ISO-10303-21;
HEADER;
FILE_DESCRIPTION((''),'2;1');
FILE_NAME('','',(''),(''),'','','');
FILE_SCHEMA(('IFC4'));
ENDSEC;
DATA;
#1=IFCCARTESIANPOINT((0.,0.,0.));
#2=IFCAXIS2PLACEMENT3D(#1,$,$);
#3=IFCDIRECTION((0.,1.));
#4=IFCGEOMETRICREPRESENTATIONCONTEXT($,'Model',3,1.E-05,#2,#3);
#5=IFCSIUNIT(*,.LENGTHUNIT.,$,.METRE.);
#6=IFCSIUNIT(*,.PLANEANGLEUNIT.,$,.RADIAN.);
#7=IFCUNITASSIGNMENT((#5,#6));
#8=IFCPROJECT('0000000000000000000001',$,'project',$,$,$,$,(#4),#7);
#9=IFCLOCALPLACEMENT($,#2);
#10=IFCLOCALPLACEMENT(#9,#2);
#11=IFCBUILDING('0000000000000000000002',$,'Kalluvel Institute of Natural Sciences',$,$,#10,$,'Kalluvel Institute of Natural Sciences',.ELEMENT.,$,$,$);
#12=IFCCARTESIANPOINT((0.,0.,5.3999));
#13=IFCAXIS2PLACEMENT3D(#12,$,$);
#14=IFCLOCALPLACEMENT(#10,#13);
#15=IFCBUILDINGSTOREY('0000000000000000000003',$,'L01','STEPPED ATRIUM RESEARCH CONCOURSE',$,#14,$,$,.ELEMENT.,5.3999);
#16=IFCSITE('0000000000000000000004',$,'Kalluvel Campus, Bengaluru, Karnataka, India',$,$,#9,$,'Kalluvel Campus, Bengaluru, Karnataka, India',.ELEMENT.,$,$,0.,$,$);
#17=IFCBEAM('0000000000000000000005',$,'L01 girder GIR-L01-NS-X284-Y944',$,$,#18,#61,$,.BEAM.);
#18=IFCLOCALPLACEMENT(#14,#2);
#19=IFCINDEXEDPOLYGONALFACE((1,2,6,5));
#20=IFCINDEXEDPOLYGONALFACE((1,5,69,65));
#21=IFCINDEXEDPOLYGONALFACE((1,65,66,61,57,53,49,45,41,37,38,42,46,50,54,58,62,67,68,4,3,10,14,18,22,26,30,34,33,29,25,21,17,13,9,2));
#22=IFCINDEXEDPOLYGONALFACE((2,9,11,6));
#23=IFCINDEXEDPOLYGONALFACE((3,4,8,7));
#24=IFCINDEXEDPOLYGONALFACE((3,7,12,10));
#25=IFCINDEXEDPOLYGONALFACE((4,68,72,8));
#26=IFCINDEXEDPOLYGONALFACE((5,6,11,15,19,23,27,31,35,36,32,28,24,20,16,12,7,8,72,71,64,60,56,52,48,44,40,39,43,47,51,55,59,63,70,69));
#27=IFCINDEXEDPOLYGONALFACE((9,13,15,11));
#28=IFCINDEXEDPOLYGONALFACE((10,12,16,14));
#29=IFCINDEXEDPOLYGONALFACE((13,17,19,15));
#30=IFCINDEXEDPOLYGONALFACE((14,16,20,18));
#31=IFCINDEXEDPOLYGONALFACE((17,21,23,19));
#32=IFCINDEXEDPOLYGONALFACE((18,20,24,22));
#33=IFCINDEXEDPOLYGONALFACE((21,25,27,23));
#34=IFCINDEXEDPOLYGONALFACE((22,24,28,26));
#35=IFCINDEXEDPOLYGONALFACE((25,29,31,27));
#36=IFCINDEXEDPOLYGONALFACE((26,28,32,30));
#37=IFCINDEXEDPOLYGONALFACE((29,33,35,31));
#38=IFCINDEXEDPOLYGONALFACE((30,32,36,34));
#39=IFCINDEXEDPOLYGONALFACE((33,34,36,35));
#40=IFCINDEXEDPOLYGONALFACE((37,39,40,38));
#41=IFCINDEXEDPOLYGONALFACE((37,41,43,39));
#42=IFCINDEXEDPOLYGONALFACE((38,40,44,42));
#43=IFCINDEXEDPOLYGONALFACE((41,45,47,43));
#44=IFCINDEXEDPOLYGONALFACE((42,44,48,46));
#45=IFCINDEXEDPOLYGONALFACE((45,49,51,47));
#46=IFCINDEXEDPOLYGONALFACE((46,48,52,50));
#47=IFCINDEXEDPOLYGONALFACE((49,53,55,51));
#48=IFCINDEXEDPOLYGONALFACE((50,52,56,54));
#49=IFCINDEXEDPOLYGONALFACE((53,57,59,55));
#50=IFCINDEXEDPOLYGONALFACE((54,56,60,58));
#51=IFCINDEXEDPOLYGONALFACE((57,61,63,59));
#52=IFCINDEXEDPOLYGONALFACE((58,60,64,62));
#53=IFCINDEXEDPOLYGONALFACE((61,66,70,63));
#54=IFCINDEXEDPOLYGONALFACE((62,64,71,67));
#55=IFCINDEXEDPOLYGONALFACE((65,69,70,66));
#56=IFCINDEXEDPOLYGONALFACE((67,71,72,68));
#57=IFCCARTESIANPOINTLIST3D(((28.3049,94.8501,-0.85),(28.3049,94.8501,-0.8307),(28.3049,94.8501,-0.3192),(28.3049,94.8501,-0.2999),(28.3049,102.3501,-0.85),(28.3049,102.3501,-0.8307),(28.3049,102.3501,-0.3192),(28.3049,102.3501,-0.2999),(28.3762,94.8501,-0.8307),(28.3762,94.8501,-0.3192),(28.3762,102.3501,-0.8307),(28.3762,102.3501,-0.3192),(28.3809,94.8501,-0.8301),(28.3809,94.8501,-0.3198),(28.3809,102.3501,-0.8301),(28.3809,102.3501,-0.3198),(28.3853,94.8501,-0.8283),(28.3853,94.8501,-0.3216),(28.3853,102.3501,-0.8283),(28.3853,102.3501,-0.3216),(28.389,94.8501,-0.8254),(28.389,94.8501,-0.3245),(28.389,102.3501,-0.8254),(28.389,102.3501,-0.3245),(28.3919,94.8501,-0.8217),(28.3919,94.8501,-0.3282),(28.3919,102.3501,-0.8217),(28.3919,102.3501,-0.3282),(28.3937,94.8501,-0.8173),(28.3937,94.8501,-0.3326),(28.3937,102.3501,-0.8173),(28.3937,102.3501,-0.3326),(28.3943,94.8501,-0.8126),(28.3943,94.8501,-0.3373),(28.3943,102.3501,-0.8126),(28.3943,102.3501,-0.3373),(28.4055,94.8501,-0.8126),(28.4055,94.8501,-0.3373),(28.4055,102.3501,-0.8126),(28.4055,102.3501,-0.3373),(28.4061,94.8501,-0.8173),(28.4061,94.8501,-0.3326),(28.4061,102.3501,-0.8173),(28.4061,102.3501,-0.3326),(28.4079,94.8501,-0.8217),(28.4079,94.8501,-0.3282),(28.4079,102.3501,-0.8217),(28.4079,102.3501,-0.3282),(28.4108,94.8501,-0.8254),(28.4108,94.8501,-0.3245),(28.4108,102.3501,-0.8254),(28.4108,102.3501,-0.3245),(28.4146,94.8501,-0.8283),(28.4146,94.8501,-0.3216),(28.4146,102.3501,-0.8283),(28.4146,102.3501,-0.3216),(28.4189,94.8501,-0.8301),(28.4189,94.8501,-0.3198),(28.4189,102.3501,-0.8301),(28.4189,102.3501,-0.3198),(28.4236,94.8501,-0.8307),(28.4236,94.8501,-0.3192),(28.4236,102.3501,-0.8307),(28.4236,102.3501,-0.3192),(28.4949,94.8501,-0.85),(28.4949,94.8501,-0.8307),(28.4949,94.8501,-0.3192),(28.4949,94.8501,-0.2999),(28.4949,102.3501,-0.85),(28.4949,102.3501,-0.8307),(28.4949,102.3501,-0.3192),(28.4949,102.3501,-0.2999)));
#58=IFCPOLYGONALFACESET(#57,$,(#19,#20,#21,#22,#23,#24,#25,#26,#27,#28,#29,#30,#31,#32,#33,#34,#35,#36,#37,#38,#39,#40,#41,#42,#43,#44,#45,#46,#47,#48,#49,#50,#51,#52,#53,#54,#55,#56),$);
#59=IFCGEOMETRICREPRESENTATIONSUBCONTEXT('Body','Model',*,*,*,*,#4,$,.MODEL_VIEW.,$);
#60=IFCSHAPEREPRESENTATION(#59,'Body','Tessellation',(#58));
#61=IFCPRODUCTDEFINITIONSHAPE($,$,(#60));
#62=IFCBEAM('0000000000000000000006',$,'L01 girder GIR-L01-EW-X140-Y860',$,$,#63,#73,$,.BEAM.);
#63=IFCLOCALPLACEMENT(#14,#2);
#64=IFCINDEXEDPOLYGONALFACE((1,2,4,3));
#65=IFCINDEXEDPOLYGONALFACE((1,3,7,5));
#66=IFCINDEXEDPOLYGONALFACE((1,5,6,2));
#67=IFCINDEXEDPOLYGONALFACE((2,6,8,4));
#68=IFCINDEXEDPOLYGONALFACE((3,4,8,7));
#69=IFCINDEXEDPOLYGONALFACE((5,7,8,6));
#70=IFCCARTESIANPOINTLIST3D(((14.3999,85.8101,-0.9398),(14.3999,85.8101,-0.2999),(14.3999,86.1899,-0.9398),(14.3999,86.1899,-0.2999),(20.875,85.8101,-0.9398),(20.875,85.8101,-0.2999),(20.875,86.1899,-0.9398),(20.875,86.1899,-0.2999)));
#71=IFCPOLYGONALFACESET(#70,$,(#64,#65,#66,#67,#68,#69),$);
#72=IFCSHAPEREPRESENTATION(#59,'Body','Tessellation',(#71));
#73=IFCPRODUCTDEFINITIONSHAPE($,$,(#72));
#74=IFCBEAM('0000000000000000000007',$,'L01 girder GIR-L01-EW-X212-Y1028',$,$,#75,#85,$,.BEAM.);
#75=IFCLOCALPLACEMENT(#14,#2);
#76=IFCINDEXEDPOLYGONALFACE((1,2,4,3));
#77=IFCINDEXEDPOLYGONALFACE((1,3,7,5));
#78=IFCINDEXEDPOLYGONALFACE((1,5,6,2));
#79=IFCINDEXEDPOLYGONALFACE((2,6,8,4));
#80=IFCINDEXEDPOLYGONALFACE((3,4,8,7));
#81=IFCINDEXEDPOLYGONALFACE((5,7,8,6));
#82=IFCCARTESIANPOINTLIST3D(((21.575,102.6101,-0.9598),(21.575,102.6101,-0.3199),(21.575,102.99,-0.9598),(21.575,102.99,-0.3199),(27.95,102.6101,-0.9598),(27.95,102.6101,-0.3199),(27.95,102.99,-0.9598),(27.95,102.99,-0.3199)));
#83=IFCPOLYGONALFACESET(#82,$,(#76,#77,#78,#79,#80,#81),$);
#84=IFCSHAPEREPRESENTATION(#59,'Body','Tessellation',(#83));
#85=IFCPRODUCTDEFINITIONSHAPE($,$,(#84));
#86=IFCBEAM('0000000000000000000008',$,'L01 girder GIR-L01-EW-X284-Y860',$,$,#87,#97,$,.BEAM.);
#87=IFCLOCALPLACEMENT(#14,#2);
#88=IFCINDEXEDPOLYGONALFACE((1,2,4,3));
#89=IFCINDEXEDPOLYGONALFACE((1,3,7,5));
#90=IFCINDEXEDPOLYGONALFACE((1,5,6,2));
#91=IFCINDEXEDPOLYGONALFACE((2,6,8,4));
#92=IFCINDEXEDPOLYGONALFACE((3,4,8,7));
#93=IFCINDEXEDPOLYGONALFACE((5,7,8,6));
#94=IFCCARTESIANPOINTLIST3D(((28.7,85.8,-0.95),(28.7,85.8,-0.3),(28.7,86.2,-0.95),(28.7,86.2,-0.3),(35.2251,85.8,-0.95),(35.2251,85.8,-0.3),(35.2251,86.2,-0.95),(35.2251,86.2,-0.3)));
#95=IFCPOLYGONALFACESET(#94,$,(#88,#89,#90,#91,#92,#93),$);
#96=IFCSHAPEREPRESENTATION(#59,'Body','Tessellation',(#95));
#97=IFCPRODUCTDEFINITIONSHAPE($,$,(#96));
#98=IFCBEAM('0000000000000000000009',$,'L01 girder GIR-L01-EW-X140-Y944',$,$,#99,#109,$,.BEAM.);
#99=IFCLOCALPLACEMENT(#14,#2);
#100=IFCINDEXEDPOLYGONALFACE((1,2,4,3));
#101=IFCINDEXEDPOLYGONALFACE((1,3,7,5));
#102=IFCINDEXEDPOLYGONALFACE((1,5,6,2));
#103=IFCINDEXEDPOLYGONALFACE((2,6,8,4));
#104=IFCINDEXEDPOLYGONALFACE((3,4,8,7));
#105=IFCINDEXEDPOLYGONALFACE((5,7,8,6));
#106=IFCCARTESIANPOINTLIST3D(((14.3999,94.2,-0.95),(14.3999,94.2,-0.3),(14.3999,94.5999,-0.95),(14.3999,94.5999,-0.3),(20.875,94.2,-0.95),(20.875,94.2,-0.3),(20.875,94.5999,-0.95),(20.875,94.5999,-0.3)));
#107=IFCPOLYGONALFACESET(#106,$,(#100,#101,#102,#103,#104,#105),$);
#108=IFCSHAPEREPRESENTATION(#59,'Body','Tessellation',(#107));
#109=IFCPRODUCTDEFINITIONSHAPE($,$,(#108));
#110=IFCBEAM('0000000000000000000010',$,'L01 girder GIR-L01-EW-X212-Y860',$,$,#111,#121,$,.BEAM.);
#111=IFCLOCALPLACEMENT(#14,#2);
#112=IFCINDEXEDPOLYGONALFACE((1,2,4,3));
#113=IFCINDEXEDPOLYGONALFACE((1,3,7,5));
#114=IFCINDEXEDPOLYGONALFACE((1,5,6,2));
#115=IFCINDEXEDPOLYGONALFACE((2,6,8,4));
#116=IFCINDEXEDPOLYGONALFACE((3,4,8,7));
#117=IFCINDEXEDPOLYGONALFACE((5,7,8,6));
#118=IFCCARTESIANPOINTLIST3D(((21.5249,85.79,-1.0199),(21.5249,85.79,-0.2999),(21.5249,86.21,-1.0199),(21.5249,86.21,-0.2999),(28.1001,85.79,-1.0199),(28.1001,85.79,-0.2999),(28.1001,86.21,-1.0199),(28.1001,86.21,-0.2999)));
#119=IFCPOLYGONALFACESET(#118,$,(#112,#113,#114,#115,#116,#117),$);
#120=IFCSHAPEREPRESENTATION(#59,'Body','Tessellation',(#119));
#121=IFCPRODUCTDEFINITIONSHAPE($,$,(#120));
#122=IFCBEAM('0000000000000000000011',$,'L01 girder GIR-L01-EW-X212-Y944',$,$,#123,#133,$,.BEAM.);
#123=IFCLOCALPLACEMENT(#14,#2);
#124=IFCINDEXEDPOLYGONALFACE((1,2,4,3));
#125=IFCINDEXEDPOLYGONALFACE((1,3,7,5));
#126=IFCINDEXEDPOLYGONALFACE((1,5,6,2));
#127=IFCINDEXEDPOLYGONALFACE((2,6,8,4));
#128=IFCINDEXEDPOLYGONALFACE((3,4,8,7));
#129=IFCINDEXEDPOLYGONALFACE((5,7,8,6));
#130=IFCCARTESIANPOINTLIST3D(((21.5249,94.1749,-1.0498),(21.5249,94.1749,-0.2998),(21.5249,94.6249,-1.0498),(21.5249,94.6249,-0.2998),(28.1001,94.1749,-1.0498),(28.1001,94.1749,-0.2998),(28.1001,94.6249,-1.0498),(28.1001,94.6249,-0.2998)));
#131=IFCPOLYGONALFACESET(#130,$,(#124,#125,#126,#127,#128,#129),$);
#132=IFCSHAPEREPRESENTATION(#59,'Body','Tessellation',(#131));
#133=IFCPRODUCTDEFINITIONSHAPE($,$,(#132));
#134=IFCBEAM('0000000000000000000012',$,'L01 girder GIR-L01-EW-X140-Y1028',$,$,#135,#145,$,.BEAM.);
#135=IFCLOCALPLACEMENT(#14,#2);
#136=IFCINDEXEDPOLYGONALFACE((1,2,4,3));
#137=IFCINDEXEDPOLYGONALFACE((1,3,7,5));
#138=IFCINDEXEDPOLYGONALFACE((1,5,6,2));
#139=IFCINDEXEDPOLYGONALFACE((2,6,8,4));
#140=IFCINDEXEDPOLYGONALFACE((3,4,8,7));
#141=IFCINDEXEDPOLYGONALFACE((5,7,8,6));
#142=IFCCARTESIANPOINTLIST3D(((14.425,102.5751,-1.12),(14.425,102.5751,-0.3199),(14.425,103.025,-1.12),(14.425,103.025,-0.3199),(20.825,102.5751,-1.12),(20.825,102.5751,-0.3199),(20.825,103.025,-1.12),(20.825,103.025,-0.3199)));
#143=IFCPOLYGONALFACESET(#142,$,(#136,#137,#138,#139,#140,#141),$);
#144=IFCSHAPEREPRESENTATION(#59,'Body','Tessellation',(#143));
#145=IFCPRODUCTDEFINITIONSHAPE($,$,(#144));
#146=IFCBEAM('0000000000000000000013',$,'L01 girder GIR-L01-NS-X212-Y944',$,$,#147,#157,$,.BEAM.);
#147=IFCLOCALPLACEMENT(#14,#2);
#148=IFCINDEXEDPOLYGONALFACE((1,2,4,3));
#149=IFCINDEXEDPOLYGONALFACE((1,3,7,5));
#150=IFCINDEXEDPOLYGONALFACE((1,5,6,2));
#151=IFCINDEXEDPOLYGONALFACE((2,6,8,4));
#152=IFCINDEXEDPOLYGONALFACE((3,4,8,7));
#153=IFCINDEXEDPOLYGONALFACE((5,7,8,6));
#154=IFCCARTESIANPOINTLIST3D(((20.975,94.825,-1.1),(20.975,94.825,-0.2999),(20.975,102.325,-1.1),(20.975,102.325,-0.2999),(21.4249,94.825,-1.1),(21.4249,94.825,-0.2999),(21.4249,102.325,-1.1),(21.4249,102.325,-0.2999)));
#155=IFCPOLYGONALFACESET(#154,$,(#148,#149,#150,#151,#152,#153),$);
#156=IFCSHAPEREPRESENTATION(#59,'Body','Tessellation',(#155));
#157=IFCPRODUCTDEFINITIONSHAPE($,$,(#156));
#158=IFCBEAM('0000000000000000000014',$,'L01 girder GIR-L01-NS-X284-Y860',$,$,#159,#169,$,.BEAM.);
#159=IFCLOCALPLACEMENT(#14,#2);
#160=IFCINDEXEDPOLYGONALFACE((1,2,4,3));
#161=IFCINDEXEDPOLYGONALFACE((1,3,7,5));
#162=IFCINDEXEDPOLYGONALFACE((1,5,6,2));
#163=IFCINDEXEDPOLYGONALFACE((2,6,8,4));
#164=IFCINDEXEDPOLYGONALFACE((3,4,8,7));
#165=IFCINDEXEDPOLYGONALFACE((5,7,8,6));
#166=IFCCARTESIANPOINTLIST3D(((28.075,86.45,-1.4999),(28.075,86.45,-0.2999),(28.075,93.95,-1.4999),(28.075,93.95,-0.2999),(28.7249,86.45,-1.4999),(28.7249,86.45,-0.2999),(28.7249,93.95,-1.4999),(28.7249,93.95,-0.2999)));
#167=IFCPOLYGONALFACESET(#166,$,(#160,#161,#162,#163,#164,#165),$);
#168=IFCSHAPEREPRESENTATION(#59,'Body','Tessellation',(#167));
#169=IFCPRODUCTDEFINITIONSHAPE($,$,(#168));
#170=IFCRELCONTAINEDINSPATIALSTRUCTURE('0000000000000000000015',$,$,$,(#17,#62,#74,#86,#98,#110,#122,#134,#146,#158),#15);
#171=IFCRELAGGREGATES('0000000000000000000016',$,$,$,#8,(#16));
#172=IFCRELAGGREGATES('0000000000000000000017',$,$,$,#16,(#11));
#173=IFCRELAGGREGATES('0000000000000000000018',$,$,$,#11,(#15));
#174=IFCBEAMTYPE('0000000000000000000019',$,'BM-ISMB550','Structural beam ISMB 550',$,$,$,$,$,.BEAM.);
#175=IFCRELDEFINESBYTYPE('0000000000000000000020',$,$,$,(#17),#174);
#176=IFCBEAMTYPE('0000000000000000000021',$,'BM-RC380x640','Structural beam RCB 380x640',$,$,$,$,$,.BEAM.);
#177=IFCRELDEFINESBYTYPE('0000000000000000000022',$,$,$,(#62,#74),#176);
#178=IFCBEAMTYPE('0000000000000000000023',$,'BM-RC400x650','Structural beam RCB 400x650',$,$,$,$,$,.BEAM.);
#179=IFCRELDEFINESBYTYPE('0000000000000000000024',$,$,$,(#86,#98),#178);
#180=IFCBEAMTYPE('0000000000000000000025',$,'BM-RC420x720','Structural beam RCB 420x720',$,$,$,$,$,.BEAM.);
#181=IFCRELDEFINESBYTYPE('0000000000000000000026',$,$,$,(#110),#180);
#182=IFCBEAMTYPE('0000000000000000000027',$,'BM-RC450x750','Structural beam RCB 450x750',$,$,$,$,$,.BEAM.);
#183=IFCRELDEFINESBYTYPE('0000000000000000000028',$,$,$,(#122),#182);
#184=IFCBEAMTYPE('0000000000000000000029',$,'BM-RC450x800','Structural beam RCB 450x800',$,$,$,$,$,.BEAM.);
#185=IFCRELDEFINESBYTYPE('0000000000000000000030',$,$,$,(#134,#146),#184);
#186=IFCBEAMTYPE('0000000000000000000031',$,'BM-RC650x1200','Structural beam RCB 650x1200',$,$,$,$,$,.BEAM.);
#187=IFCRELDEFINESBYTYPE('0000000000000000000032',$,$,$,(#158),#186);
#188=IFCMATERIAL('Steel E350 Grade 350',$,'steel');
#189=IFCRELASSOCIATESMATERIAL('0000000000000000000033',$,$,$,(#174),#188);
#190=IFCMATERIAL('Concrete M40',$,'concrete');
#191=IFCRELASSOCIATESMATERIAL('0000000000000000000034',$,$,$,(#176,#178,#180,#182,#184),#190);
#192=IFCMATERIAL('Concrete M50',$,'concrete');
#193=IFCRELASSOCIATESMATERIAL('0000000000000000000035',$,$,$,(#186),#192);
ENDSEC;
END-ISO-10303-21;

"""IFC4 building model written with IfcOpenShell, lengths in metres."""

from ifc_helpers import new_model, si_unit, direction, frame, origin, origin_2d, place, context, subcontext, project, spatial, rectangle, i_section, extrude, material, material_profile, profile_set, type_object, element, save


model = new_model("IFC4")

# Units and contexts
model_context = context("Model", 3, precision=1e-05, world=origin(), true_north=direction((0.0, 1.0)))
body_context = subcontext(model_context, "Body", "Model", "MODEL_VIEW")
ifc_project = project(units=[si_unit("LENGTHUNIT", "METRE"), si_unit("PLANEANGLEUNIT", "RADIAN")], contexts=[model_context])

# Site, building, storey
site_placement = place(None, origin())
site = spatial("IfcSite", under=ifc_project, at=site_placement, Name="Kalluvel Campus, Bengaluru, Karnataka, India", LongName="Kalluvel Campus, Bengaluru, Karnataka, India", CompositionType="ELEMENT", RefElevation=0.0)
building_placement = place(site_placement, origin())
building = spatial("IfcBuilding", under=site, at=building_placement, Name="Kalluvel Institute of Natural Sciences", LongName="Kalluvel Institute of Natural Sciences", CompositionType="ELEMENT")
storey_placement = place(building_placement, frame((0.0, 0.0, 5.3999)))
storey = spatial("IfcBuildingStorey", under=building, at=storey_placement, Name="L01", Description="STEPPED ATRIUM RESEARCH CONCOURSE", CompositionType="ELEMENT", Elevation=5.3999)

# Shared definitions
ifc_material_1 = material(Name="Concrete M50", Category="concrete")

# Beams
ifc_material_2 = material(Name="Steel E350 Grade 350", Category="steel")
ifc_material_profile_1 = material_profile(ifc_material_2, i_section(OverallWidth=0.1899, OverallDepth=0.55, WebThickness=0.0112, FlangeThickness=0.0193, FilletRadius=0.0181, at=origin_2d()), Name="ISMB 550")
ifc_profile_set_1 = profile_set([ifc_material_profile_1], Name="Steel E350 Grade 350")
beam_type_1 = type_object("IfcBeamType", Name="BM-ISMB550", Description="Structural beam ISMB 550", PredefinedType="BEAM", material=ifc_profile_set_1)
beam_1_placement = place(storey_placement, frame((28.3999, 94.8501, -0.575), z_axis=(0.0, 1.0, 0.0), x_axis=(-1.0, 0.0, 0.0)))
element("IfcBeam", 1, at=beam_1_placement, inside=storey, type_object=beam_type_1, Name="L01 girder GIR-L01-NS-X284-Y944", PredefinedType="BEAM", context=body_context, shape_type="SweptSolid", body=[
    extrude(i_section(OverallWidth=0.1899, OverallDepth=0.55, WebThickness=0.0112, FlangeThickness=0.0193, FilletRadius=0.0181, at=origin_2d()), origin(), (0.0, 0.0, 1.0), 7.5),
])
ifc_material_3 = material(Name="Concrete M40", Category="concrete")
ifc_material_profile_2 = material_profile(ifc_material_3, rectangle(XDim=0.3799, YDim=0.6399, at=origin_2d()), Name="RCB 380x640")
ifc_profile_set_2 = profile_set([ifc_material_profile_2], Name="Concrete M40")
beam_type_2 = type_object("IfcBeamType", Name="BM-RC380x640", Description="Structural beam RCB 380x640", PredefinedType="BEAM", material=ifc_profile_set_2)
beam_2_placement = place(storey_placement, frame((14.3999, 86.0, -0.6199), z_axis=(1.0, 0.0, 0.0), x_axis=(0.0, 1.0, 0.0)))
element("IfcBeam", 2, at=beam_2_placement, inside=storey, type_object=beam_type_2, Name="L01 girder GIR-L01-EW-X140-Y860", PredefinedType="BEAM", context=body_context, shape_type="SweptSolid", body=[
    extrude(rectangle(XDim=0.3799, YDim=0.6399, at=origin_2d()), origin(), (0.0, 0.0, 1.0), 6.4751),
])
beam_3_placement = place(storey_placement, frame((21.575, 102.8, -0.6399), z_axis=(1.0, 0.0, 0.0), x_axis=(0.0, 1.0, 0.0)))
element("IfcBeam", 3, at=beam_3_placement, inside=storey, type_object=beam_type_2, Name="L01 girder GIR-L01-EW-X212-Y1028", PredefinedType="BEAM", context=body_context, shape_type="SweptSolid", body=[
    extrude(rectangle(XDim=0.3799, YDim=0.6399, at=origin_2d()), origin(), (0.0, 0.0, 1.0), 6.375),
])
ifc_material_profile_3 = material_profile(ifc_material_3, rectangle(XDim=0.3999, YDim=0.6499, at=origin_2d()), Name="RCB 400x650")
ifc_profile_set_3 = profile_set([ifc_material_profile_3], Name="Concrete M40")
beam_type_3 = type_object("IfcBeamType", Name="BM-RC400x650", Description="Structural beam RCB 400x650", PredefinedType="BEAM", material=ifc_profile_set_3)
beam_4_placement = place(storey_placement, frame((28.7, 86.0, -0.625), z_axis=(1.0, 0.0, 0.0), x_axis=(0.0, 1.0, 0.0)))
element("IfcBeam", 4, at=beam_4_placement, inside=storey, type_object=beam_type_3, Name="L01 girder GIR-L01-EW-X284-Y860", PredefinedType="BEAM", context=body_context, shape_type="SweptSolid", body=[
    extrude(rectangle(XDim=0.3999, YDim=0.6499, at=origin_2d()), origin(), (0.0, 0.0, 1.0), 6.5251),
])
beam_5_placement = place(storey_placement, frame((14.3999, 94.3999, -0.625), z_axis=(1.0, 0.0, 0.0), x_axis=(0.0, 1.0, 0.0)))
element("IfcBeam", 5, at=beam_5_placement, inside=storey, type_object=beam_type_3, Name="L01 girder GIR-L01-EW-X140-Y944", PredefinedType="BEAM", context=body_context, shape_type="SweptSolid", body=[
    extrude(rectangle(XDim=0.3999, YDim=0.6499, at=origin_2d()), origin(), (0.0, 0.0, 1.0), 6.4751),
])
ifc_material_profile_4 = material_profile(ifc_material_3, rectangle(XDim=0.4199, YDim=0.72, at=origin_2d()), Name="RCB 420x720")
ifc_profile_set_4 = profile_set([ifc_material_profile_4], Name="Concrete M40")
beam_type_4 = type_object("IfcBeamType", Name="BM-RC420x720", Description="Structural beam RCB 420x720", PredefinedType="BEAM", material=ifc_profile_set_4)
beam_6_placement = place(storey_placement, frame((21.5249, 86.0, -0.6599), z_axis=(1.0, 0.0, 0.0), x_axis=(0.0, 1.0, 0.0)))
element("IfcBeam", 6, at=beam_6_placement, inside=storey, type_object=beam_type_4, Name="L01 girder GIR-L01-EW-X212-Y860", PredefinedType="BEAM", context=body_context, shape_type="SweptSolid", body=[
    extrude(rectangle(XDim=0.4199, YDim=0.72, at=origin_2d()), origin(), (0.0, 0.0, 1.0), 6.5752),
])
ifc_material_profile_5 = material_profile(ifc_material_3, rectangle(XDim=0.45, YDim=0.75, at=origin_2d()), Name="RCB 450x750")
ifc_profile_set_5 = profile_set([ifc_material_profile_5], Name="Concrete M40")
beam_type_5 = type_object("IfcBeamType", Name="BM-RC450x750", Description="Structural beam RCB 450x750", PredefinedType="BEAM", material=ifc_profile_set_5)
beam_7_placement = place(storey_placement, frame((21.5249, 94.3999, -0.6748), z_axis=(1.0, 0.0, 0.0), x_axis=(0.0, 1.0, 0.0)))
element("IfcBeam", 7, at=beam_7_placement, inside=storey, type_object=beam_type_5, Name="L01 girder GIR-L01-EW-X212-Y944", PredefinedType="BEAM", context=body_context, shape_type="SweptSolid", body=[
    extrude(rectangle(XDim=0.45, YDim=0.75, at=origin_2d()), origin(), (0.0, 0.0, 1.0), 6.5752),
])
ifc_material_profile_6 = material_profile(ifc_material_3, rectangle(XDim=0.45, YDim=0.8, at=origin_2d()), Name="RCB 450x800")
ifc_profile_set_6 = profile_set([ifc_material_profile_6], Name="Concrete M40")
beam_type_6 = type_object("IfcBeamType", Name="BM-RC450x800", Description="Structural beam RCB 450x800", PredefinedType="BEAM", material=ifc_profile_set_6)
beam_8_placement = place(storey_placement, frame((14.425, 102.8, -0.72), z_axis=(1.0, 0.0, 0.0), x_axis=(0.0, 1.0, 0.0)))
element("IfcBeam", 8, at=beam_8_placement, inside=storey, type_object=beam_type_6, Name="L01 girder GIR-L01-EW-X140-Y1028", PredefinedType="BEAM", context=body_context, shape_type="SweptSolid", body=[
    extrude(rectangle(XDim=0.45, YDim=0.8, at=origin_2d()), origin(), (0.0, 0.0, 1.0), 6.3999),
])
beam_9_placement = place(storey_placement, frame((21.2, 94.825, -0.7), z_axis=(0.0, 1.0, 0.0), x_axis=(-1.0, 0.0, 0.0)))
element("IfcBeam", 9, at=beam_9_placement, inside=storey, type_object=beam_type_6, Name="L01 girder GIR-L01-NS-X212-Y944", PredefinedType="BEAM", context=body_context, shape_type="SweptSolid", body=[
    extrude(rectangle(XDim=0.45, YDim=0.8, at=origin_2d()), origin(), (0.0, 0.0, 1.0), 7.5),
])
ifc_material_profile_7 = material_profile(ifc_material_1, rectangle(XDim=0.6499, YDim=1.2, at=origin_2d()), Name="RCB 650x1200")
ifc_profile_set_7 = profile_set([ifc_material_profile_7], Name="Concrete M50")
beam_type_7 = type_object("IfcBeamType", Name="BM-RC650x1200", Description="Structural beam RCB 650x1200", PredefinedType="BEAM", material=ifc_profile_set_7)
beam_10_placement = place(storey_placement, frame((28.3999, 86.45, -0.8999), z_axis=(0.0, 1.0, 0.0), x_axis=(-1.0, 0.0, 0.0)))
element("IfcBeam", 10, at=beam_10_placement, inside=storey, type_object=beam_type_7, Name="L01 girder GIR-L01-NS-X284-Y860", PredefinedType="BEAM", context=body_context, shape_type="SweptSolid", body=[
    extrude(rectangle(XDim=0.6499, YDim=1.2, at=origin_2d()), origin(), (0.0, 0.0, 1.0), 7.5),
])

save(model, "model.ifc")
